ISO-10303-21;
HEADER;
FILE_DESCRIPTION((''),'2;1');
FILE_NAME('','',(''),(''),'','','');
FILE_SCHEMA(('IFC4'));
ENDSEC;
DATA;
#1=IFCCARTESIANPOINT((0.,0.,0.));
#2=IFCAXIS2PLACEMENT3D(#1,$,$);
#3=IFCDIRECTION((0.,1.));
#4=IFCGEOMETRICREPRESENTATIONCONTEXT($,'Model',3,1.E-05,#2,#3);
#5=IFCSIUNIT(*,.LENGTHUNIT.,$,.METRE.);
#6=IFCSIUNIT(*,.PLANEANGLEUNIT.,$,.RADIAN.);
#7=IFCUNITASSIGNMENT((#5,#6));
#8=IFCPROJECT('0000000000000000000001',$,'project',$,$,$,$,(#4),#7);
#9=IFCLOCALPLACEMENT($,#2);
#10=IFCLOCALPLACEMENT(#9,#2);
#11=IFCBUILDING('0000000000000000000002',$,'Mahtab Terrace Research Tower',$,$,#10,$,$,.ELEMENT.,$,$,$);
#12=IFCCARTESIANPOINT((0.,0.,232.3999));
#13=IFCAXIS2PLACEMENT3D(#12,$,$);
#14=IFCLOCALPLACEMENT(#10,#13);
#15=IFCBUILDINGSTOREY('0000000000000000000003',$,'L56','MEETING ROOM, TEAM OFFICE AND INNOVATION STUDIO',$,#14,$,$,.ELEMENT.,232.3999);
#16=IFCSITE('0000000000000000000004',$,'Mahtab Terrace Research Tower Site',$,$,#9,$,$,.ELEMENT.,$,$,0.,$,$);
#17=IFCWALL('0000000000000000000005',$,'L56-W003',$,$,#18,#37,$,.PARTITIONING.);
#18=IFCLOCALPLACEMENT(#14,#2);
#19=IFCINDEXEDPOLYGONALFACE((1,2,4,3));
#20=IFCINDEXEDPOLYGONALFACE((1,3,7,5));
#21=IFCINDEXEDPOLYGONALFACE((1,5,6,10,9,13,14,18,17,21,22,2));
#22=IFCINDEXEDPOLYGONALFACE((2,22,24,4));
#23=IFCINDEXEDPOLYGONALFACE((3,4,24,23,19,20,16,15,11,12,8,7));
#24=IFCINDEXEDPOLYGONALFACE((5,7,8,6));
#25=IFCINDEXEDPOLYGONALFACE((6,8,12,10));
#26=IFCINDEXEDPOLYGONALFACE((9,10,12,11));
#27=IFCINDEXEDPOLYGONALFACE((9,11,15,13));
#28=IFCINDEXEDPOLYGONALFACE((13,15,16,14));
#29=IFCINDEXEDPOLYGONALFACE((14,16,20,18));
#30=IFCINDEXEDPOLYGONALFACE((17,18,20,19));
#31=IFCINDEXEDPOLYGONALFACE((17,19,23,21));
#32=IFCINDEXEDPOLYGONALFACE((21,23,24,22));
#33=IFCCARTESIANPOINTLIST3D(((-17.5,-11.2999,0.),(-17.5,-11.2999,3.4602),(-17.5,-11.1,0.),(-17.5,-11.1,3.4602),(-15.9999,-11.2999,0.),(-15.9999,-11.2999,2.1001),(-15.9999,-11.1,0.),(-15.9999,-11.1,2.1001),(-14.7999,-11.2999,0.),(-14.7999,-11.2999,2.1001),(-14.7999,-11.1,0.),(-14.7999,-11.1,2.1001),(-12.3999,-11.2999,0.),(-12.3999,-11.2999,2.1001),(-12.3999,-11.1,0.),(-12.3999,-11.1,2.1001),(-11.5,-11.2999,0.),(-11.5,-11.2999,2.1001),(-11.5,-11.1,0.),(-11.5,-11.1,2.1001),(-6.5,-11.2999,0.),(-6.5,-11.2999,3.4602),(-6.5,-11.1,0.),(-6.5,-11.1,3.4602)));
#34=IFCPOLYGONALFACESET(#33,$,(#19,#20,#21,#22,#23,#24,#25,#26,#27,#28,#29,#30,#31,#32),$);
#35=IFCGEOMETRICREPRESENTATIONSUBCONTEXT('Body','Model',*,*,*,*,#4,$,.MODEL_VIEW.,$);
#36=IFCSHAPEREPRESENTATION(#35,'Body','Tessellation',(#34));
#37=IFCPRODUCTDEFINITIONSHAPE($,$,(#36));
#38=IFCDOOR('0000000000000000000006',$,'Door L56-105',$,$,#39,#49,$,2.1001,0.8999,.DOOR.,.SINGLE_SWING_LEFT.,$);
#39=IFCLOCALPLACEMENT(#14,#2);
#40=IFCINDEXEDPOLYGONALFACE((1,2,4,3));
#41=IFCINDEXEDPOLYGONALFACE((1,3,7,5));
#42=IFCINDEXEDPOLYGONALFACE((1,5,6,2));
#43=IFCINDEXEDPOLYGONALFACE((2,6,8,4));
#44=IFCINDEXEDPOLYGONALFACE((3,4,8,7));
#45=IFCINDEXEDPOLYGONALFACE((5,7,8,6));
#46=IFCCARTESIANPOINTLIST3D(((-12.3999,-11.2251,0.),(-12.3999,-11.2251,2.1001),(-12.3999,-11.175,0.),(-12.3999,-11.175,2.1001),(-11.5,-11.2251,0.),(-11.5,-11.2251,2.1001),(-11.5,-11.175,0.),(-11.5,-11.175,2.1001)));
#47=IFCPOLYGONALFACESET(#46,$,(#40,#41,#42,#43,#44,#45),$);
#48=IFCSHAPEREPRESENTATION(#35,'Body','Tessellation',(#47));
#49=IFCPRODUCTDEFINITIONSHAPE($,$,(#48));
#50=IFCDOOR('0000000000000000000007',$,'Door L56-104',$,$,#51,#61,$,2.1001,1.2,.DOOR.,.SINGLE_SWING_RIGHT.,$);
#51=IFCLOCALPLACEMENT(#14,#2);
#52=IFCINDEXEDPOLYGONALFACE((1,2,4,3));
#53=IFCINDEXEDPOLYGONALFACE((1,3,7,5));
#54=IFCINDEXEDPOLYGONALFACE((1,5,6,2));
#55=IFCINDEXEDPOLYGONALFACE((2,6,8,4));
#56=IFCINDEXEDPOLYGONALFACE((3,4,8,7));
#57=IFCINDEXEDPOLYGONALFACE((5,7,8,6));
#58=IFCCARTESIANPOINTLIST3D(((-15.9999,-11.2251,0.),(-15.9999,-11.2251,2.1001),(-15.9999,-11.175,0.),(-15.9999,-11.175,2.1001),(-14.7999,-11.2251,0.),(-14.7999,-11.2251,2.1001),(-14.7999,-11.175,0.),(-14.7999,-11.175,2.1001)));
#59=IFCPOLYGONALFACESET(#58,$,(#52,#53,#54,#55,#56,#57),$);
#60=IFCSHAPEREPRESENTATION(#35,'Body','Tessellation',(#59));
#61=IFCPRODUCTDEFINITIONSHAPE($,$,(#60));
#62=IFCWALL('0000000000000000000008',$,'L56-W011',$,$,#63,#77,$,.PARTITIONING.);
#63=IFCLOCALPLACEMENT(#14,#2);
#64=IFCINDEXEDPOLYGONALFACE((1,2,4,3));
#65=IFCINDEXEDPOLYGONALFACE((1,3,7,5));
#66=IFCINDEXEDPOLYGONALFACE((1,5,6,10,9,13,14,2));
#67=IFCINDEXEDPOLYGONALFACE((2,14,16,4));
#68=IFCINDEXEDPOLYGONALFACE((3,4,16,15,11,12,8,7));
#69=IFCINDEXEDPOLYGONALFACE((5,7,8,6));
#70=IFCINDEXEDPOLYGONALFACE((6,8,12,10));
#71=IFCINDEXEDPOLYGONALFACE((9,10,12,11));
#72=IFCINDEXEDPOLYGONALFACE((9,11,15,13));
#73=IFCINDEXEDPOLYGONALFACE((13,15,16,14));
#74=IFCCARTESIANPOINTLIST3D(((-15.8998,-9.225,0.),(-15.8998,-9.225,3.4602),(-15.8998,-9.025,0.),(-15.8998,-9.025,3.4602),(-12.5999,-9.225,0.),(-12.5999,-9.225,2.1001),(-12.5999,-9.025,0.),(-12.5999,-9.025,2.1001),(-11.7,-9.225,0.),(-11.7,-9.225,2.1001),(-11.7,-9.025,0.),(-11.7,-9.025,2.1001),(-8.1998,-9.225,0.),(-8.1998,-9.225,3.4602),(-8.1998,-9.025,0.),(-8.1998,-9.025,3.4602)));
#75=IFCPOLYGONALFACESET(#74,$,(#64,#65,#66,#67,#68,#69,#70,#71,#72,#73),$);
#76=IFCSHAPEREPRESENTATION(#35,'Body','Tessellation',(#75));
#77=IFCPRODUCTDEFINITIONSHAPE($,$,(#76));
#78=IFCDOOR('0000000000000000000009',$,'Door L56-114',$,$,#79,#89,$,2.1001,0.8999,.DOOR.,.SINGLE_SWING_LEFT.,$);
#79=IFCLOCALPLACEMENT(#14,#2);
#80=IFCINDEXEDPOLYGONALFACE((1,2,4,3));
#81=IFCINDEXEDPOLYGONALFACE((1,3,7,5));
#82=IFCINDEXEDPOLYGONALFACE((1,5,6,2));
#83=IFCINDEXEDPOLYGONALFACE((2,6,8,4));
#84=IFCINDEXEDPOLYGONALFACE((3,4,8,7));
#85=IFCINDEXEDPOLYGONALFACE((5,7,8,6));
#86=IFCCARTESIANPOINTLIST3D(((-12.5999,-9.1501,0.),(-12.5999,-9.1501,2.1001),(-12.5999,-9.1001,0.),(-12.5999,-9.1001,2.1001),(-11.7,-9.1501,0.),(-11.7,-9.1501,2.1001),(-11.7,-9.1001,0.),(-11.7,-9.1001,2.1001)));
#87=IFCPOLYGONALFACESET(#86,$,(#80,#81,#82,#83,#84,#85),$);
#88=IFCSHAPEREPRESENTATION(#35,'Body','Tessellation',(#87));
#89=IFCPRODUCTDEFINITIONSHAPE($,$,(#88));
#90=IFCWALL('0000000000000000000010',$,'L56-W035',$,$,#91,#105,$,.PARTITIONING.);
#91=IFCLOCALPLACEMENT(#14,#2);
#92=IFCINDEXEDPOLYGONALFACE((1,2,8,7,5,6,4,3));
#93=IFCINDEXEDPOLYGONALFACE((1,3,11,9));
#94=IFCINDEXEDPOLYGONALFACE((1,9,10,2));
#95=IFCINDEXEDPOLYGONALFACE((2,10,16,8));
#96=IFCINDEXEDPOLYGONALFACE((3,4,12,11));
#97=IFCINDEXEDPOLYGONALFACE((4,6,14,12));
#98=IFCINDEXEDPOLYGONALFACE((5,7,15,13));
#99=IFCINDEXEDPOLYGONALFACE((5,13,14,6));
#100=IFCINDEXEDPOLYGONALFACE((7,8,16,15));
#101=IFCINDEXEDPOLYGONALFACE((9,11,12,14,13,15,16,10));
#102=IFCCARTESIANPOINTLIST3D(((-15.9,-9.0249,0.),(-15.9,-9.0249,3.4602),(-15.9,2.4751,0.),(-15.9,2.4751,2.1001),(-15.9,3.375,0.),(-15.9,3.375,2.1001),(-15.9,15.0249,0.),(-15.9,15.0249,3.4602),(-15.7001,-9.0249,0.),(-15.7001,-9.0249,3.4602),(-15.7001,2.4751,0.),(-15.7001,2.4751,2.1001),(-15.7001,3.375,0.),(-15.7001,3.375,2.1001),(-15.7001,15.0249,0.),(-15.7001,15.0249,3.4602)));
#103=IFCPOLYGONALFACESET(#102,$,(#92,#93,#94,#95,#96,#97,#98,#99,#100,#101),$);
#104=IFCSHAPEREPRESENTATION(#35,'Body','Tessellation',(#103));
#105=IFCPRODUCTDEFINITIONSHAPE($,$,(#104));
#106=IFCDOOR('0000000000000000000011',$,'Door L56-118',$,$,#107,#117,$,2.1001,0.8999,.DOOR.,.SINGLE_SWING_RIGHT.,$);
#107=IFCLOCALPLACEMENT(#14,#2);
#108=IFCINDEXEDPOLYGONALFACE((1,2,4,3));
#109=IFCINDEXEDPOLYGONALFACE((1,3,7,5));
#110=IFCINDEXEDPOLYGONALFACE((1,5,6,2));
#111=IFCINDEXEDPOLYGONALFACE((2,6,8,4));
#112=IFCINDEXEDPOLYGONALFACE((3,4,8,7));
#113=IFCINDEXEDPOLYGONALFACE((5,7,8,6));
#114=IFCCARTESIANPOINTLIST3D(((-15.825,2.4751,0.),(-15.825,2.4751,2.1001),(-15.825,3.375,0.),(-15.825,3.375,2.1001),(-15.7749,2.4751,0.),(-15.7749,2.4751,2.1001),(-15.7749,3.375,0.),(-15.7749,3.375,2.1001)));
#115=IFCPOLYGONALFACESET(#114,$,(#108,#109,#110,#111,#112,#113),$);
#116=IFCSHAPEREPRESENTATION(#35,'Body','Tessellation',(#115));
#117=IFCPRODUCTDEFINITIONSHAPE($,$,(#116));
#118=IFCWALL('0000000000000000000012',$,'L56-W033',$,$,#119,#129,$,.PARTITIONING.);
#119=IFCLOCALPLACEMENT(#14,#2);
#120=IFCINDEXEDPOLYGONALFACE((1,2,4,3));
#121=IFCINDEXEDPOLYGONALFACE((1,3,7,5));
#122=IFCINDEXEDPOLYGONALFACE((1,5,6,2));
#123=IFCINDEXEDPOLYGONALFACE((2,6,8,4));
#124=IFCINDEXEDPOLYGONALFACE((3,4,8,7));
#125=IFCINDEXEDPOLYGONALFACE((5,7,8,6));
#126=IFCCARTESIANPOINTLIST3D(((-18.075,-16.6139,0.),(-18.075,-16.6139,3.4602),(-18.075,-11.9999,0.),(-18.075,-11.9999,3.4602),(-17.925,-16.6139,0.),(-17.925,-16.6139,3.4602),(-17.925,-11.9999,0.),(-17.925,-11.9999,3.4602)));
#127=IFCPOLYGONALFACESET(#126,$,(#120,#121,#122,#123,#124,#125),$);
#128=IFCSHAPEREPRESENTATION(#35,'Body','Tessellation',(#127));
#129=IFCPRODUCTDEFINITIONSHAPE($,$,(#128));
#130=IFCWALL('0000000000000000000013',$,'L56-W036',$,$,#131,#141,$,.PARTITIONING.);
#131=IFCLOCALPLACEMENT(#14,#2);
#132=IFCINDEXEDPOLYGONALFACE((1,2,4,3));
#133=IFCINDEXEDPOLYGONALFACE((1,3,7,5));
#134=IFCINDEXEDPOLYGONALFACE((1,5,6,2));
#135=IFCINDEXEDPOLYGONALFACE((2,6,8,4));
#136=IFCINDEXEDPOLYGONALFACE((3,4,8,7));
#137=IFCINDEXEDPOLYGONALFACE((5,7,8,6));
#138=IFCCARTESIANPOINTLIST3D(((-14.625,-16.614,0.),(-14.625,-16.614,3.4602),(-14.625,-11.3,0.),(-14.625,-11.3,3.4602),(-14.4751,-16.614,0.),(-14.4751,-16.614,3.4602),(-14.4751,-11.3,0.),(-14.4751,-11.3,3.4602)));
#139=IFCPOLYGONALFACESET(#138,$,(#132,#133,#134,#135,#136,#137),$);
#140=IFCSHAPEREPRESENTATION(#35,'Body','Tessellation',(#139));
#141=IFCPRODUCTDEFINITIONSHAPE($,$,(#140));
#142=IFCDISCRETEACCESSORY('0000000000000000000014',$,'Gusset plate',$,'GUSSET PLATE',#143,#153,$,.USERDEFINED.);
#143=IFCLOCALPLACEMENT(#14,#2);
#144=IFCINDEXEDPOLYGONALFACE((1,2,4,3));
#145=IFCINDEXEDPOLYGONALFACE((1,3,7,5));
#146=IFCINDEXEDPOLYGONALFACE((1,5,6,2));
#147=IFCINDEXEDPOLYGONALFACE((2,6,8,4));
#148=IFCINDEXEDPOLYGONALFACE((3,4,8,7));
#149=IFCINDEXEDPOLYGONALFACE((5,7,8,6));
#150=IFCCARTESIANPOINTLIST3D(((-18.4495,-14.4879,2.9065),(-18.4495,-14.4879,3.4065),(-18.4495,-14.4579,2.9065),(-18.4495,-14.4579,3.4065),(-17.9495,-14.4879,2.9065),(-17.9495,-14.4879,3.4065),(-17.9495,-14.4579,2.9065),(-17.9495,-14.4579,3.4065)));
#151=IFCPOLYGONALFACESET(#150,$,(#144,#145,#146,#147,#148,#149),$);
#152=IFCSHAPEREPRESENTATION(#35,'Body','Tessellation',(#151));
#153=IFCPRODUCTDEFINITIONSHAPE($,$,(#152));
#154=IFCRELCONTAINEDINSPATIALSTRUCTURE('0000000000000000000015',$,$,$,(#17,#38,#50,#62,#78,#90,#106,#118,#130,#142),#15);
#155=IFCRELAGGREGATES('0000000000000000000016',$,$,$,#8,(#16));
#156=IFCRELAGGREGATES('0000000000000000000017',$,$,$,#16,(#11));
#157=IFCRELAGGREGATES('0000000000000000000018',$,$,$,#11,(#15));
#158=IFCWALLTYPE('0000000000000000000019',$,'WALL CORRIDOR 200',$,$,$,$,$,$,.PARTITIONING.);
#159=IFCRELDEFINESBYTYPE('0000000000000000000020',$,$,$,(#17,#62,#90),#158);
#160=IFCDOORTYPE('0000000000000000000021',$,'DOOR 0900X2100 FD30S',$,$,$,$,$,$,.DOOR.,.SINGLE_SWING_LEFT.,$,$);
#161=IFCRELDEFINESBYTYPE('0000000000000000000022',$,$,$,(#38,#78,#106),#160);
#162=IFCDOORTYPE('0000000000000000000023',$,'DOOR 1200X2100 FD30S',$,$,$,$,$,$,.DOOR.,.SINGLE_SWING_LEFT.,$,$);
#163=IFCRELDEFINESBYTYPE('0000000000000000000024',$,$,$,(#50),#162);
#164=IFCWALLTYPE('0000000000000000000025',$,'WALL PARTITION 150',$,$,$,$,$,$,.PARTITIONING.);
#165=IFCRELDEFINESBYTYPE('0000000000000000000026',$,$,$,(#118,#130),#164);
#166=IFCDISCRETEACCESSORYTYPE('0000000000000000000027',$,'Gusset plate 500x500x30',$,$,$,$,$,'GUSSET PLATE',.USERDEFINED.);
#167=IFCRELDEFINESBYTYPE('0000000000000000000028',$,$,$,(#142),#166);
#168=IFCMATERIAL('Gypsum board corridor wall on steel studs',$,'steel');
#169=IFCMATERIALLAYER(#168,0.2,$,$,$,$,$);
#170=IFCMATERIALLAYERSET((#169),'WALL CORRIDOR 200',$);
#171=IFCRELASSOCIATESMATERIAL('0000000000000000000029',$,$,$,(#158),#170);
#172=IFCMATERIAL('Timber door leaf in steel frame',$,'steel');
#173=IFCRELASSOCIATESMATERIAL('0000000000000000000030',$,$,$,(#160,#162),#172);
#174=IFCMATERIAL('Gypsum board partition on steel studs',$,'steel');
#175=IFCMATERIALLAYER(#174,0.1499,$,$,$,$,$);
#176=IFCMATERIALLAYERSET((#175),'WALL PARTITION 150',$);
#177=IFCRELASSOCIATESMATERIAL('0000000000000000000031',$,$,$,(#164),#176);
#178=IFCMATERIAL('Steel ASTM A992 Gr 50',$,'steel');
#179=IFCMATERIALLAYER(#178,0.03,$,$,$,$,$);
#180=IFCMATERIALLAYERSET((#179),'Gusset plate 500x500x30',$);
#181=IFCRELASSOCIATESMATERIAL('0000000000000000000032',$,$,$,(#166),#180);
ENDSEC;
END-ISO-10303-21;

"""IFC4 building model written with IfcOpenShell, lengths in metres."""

from ifc_helpers import new_model, si_unit, direction, frame, frame_2d, origin, origin_2d, place, context, subcontext, project, spatial, rectangle, extrude, material, layer, layer_set, type_object, element, fill, save


model = new_model("IFC4")

# Units and contexts
model_context = context("Model", 3, precision=1e-05, world=origin(), true_north=direction((0.0, 1.0)))
body_context = subcontext(model_context, "Body", "Model", "MODEL_VIEW")
ifc_project = project(units=[si_unit("LENGTHUNIT", "METRE"), si_unit("PLANEANGLEUNIT", "RADIAN")], contexts=[model_context])

# Site, building, storey
site_placement = place(None, origin())
site = spatial("IfcSite", under=ifc_project, at=site_placement, Name="Mahtab Terrace Research Tower Site", CompositionType="ELEMENT", RefElevation=0.0)
building_placement = place(site_placement, origin())
building = spatial("IfcBuilding", under=site, at=building_placement, Name="Mahtab Terrace Research Tower", CompositionType="ELEMENT")
storey_placement = place(building_placement, frame((0.0, 0.0, 232.3999)))
storey = spatial("IfcBuildingStorey", under=building, at=storey_placement, Name="L56", Description="MEETING ROOM, TEAM OFFICE AND INNOVATION STUDIO", CompositionType="ELEMENT", Elevation=232.3999)

# Shared definitions
ifc_material_1 = material(Name="Steel ASTM A992 Gr 50", Category="steel")

# Wall, openings, doors
ifc_material_2 = material(Name="Gypsum board corridor wall on steel studs", Category="steel")
ifc_layer_1 = layer(ifc_material_2, 0.2)
ifc_layer_set_1 = layer_set([ifc_layer_1], Name="WALL CORRIDOR 200")
wall_type_1 = type_object("IfcWallType", Name="WALL CORRIDOR 200", PredefinedType="PARTITIONING", material=ifc_layer_set_1)
wall_1_placement = place(storey_placement, frame((-17.5, -11.2, 0.0), z_axis=(0.0, 0.0, 1.0), x_axis=(1.0, 0.0, 0.0)))
wall_1 = element("IfcWall", 1, at=wall_1_placement, inside=storey, type_object=wall_type_1, Name="L56-W003", PredefinedType="PARTITIONING", context=body_context, shape_type="SweptSolid", body=[
    extrude(rectangle(XDim=11.0, YDim=0.2, at=frame_2d((5.5, 0.0))), origin(), (0.0, 0.0, 1.0), 3.4602),
])
opening_1_placement = place(wall_1_placement, frame((1.5, 0.0, 0.0)))
opening_1 = element("IfcOpeningElement", 2, at=opening_1_placement, cuts=wall_1, PredefinedType="OPENING", context=body_context, shape_type="SweptSolid", body=[
    extrude(rectangle(XDim=1.2, YDim=2.1001, at=frame_2d((0.6001, 1.05))), frame((0.0, 0.1099, 0.0), z_axis=(0.0, -1.0, 0.0), x_axis=(1.0, 0.0, 0.0)), (0.0, 0.0, 1.0), 0.22),
])
opening_2_placement = place(wall_1_placement, frame((5.1001, 0.0, 0.0)))
opening_2 = element("IfcOpeningElement", 3, at=opening_2_placement, cuts=wall_1, PredefinedType="OPENING", context=body_context, shape_type="SweptSolid", body=[
    extrude(rectangle(XDim=0.8999, YDim=2.1001, at=frame_2d((0.45, 1.05))), frame((0.0, 0.1099, 0.0), z_axis=(0.0, -1.0, 0.0), x_axis=(1.0, 0.0, 0.0)), (0.0, 0.0, 1.0), 0.22),
])
ifc_material_3 = material(Name="Timber door leaf in steel frame", Category="steel")
door_type_1 = type_object("IfcDoorType", Name="DOOR 0900X2100 FD30S", OperationType="SINGLE_SWING_LEFT", PredefinedType="DOOR", material=ifc_material_3)
door_1_placement = place(opening_2_placement, origin())
door_1 = element("IfcDoor", 4, at=door_1_placement, inside=storey, type_object=door_type_1, Name="Door L56-105", OperationType="SINGLE_SWING_LEFT", OverallHeight=2.1001, OverallWidth=0.8999, PredefinedType="DOOR", context=body_context, shape_type="SweptSolid", body=[
    extrude(rectangle(XDim=0.8999, YDim=2.1001, at=frame_2d((0.45, 1.05))), frame((0.0, 0.0249, 0.0), z_axis=(0.0, -1.0, 0.0), x_axis=(1.0, 0.0, 0.0)), (0.0, 0.0, 1.0), 0.05),
])
fill(opening_2, door_1)
door_type_2 = type_object("IfcDoorType", Name="DOOR 1200X2100 FD30S", OperationType="SINGLE_SWING_LEFT", PredefinedType="DOOR", material=ifc_material_3)
door_2_placement = place(opening_1_placement, origin())
door_2 = element("IfcDoor", 5, at=door_2_placement, inside=storey, type_object=door_type_2, Name="Door L56-104", OperationType="SINGLE_SWING_RIGHT", OverallHeight=2.1001, OverallWidth=1.2, PredefinedType="DOOR", context=body_context, shape_type="SweptSolid", body=[
    extrude(rectangle(XDim=1.2, YDim=2.1001, at=frame_2d((0.6001, 1.05))), frame((0.0, 0.0249, 0.0), z_axis=(0.0, -1.0, 0.0), x_axis=(1.0, 0.0, 0.0)), (0.0, 0.0, 1.0), 0.05),
])
fill(opening_1, door_2)

# Walls, openings, doors
wall_2_placement = place(storey_placement, frame((-15.8999, -9.125, 0.0), z_axis=(0.0, 0.0, 1.0), x_axis=(1.0, 0.0, 0.0)))
wall_2 = element("IfcWall", 6, at=wall_2_placement, inside=storey, type_object=wall_type_1, Name="L56-W011", PredefinedType="PARTITIONING", context=body_context, shape_type="SweptSolid", body=[
    extrude(rectangle(XDim=7.7, YDim=0.2, at=frame_2d((3.8501, 0.0))), origin(), (0.0, 0.0, 1.0), 3.4602),
])
opening_3_placement = place(wall_2_placement, frame((3.3, 0.0, 0.0)))
opening_3 = element("IfcOpeningElement", 7, at=opening_3_placement, cuts=wall_2, PredefinedType="OPENING", context=body_context, shape_type="SweptSolid", body=[
    extrude(rectangle(XDim=0.8999, YDim=2.1001, at=frame_2d((0.45, 1.05))), frame((0.0, 0.1099, 0.0), z_axis=(0.0, -1.0, 0.0), x_axis=(1.0, 0.0, 0.0)), (0.0, 0.0, 1.0), 0.22),
])
door_3_placement = place(opening_3_placement, origin())
door_3 = element("IfcDoor", 8, at=door_3_placement, inside=storey, type_object=door_type_1, Name="Door L56-114", OperationType="SINGLE_SWING_LEFT", OverallHeight=2.1001, OverallWidth=0.8999, PredefinedType="DOOR", context=body_context, shape_type="SweptSolid", body=[
    extrude(rectangle(XDim=0.8999, YDim=2.1001, at=frame_2d((0.45, 1.05))), frame((0.0, 0.0249, 0.0), z_axis=(0.0, -1.0, 0.0), x_axis=(1.0, 0.0, 0.0)), (0.0, 0.0, 1.0), 0.05),
])
fill(opening_3, door_3)
wall_3_placement = place(storey_placement, frame((-15.8, -9.0249, 0.0), z_axis=(0.0, 0.0, 1.0), x_axis=(0.0, 1.0, 0.0)))
wall_3 = element("IfcWall", 9, at=wall_3_placement, inside=storey, type_object=wall_type_1, Name="L56-W035", PredefinedType="PARTITIONING", context=body_context, shape_type="SweptSolid", body=[
    extrude(rectangle(XDim=24.0498, YDim=0.2, at=frame_2d((12.0249, 0.0))), origin(), (0.0, 0.0, 1.0), 3.4602),
])
opening_4_placement = place(wall_3_placement, frame((11.5, 0.0, 0.0)))
opening_4 = element("IfcOpeningElement", 10, at=opening_4_placement, cuts=wall_3, PredefinedType="OPENING", context=body_context, shape_type="SweptSolid", body=[
    extrude(rectangle(XDim=0.8999, YDim=2.1001, at=frame_2d((0.45, 1.05))), frame((0.0, 0.1099, 0.0), z_axis=(0.0, -1.0, 0.0), x_axis=(1.0, 0.0, 0.0)), (0.0, 0.0, 1.0), 0.22),
])
door_4_placement = place(opening_4_placement, origin())
door_4 = element("IfcDoor", 11, at=door_4_placement, inside=storey, type_object=door_type_1, Name="Door L56-118", OperationType="SINGLE_SWING_RIGHT", OverallHeight=2.1001, OverallWidth=0.8999, PredefinedType="DOOR", context=body_context, shape_type="SweptSolid", body=[
    extrude(rectangle(XDim=0.8999, YDim=2.1001, at=frame_2d((0.45, 1.05))), frame((0.0, 0.0249, 0.0), z_axis=(0.0, -1.0, 0.0), x_axis=(1.0, 0.0, 0.0)), (0.0, 0.0, 1.0), 0.05),
])
fill(opening_4, door_4)

# Walls
ifc_material_4 = material(Name="Gypsum board partition on steel studs", Category="steel")
ifc_layer_2 = layer(ifc_material_4, 0.1499)
ifc_layer_set_2 = layer_set([ifc_layer_2], Name="WALL PARTITION 150")
wall_type_2 = type_object("IfcWallType", Name="WALL PARTITION 150", PredefinedType="PARTITIONING", material=ifc_layer_set_2)
wall_4_placement = place(storey_placement, frame((-18.0, -16.614, 0.0), z_axis=(0.0, 0.0, 1.0), x_axis=(0.0, 1.0, 0.0)))
element("IfcWall", 12, at=wall_4_placement, inside=storey, type_object=wall_type_2, Name="L56-W033", PredefinedType="PARTITIONING", context=body_context, shape_type="SweptSolid", body=[
    extrude(rectangle(XDim=4.614, YDim=0.1499, at=frame_2d((2.3071, 0.0))), origin(), (0.0, 0.0, 1.0), 3.4602),
])
wall_5_placement = place(storey_placement, frame((-14.55, -16.614, 0.0), z_axis=(0.0, 0.0, 1.0), x_axis=(0.0, 1.0, 0.0)))
element("IfcWall", 13, at=wall_5_placement, inside=storey, type_object=wall_type_2, Name="L56-W036", PredefinedType="PARTITIONING", context=body_context, shape_type="SweptSolid", body=[
    extrude(rectangle(XDim=5.314, YDim=0.1499, at=frame_2d((2.657, 0.0))), origin(), (0.0, 0.0, 1.0), 3.4602),
])

# Discrete accessory
ifc_layer_3 = layer(ifc_material_1, 0.03)
ifc_layer_set_3 = layer_set([ifc_layer_3], Name="Gusset plate 500x500x30")
discrete_accessory_type = type_object("IfcDiscreteAccessoryType", Name="Gusset plate 500x500x30", ElementType="GUSSET PLATE", PredefinedType="USERDEFINED", material=ifc_layer_set_3)
discrete_accessory_placement = place(storey_placement, frame((-18.1995, -14.4729, 2.9065), z_axis=(0.0, 0.0, 1.0), x_axis=(1.0, 0.0, 0.0)))
element("IfcDiscreteAccessory", 14, at=discrete_accessory_placement, inside=storey, type_object=discrete_accessory_type, Name="Gusset plate", ObjectType="GUSSET PLATE", PredefinedType="USERDEFINED", context=body_context, shape_type="SweptSolid", body=[
    extrude(rectangle(XDim=0.5, YDim=0.03, at=origin_2d()), origin(), (0.0, 0.0, 1.0), 0.5),
])

save(model, "model.ifc")
